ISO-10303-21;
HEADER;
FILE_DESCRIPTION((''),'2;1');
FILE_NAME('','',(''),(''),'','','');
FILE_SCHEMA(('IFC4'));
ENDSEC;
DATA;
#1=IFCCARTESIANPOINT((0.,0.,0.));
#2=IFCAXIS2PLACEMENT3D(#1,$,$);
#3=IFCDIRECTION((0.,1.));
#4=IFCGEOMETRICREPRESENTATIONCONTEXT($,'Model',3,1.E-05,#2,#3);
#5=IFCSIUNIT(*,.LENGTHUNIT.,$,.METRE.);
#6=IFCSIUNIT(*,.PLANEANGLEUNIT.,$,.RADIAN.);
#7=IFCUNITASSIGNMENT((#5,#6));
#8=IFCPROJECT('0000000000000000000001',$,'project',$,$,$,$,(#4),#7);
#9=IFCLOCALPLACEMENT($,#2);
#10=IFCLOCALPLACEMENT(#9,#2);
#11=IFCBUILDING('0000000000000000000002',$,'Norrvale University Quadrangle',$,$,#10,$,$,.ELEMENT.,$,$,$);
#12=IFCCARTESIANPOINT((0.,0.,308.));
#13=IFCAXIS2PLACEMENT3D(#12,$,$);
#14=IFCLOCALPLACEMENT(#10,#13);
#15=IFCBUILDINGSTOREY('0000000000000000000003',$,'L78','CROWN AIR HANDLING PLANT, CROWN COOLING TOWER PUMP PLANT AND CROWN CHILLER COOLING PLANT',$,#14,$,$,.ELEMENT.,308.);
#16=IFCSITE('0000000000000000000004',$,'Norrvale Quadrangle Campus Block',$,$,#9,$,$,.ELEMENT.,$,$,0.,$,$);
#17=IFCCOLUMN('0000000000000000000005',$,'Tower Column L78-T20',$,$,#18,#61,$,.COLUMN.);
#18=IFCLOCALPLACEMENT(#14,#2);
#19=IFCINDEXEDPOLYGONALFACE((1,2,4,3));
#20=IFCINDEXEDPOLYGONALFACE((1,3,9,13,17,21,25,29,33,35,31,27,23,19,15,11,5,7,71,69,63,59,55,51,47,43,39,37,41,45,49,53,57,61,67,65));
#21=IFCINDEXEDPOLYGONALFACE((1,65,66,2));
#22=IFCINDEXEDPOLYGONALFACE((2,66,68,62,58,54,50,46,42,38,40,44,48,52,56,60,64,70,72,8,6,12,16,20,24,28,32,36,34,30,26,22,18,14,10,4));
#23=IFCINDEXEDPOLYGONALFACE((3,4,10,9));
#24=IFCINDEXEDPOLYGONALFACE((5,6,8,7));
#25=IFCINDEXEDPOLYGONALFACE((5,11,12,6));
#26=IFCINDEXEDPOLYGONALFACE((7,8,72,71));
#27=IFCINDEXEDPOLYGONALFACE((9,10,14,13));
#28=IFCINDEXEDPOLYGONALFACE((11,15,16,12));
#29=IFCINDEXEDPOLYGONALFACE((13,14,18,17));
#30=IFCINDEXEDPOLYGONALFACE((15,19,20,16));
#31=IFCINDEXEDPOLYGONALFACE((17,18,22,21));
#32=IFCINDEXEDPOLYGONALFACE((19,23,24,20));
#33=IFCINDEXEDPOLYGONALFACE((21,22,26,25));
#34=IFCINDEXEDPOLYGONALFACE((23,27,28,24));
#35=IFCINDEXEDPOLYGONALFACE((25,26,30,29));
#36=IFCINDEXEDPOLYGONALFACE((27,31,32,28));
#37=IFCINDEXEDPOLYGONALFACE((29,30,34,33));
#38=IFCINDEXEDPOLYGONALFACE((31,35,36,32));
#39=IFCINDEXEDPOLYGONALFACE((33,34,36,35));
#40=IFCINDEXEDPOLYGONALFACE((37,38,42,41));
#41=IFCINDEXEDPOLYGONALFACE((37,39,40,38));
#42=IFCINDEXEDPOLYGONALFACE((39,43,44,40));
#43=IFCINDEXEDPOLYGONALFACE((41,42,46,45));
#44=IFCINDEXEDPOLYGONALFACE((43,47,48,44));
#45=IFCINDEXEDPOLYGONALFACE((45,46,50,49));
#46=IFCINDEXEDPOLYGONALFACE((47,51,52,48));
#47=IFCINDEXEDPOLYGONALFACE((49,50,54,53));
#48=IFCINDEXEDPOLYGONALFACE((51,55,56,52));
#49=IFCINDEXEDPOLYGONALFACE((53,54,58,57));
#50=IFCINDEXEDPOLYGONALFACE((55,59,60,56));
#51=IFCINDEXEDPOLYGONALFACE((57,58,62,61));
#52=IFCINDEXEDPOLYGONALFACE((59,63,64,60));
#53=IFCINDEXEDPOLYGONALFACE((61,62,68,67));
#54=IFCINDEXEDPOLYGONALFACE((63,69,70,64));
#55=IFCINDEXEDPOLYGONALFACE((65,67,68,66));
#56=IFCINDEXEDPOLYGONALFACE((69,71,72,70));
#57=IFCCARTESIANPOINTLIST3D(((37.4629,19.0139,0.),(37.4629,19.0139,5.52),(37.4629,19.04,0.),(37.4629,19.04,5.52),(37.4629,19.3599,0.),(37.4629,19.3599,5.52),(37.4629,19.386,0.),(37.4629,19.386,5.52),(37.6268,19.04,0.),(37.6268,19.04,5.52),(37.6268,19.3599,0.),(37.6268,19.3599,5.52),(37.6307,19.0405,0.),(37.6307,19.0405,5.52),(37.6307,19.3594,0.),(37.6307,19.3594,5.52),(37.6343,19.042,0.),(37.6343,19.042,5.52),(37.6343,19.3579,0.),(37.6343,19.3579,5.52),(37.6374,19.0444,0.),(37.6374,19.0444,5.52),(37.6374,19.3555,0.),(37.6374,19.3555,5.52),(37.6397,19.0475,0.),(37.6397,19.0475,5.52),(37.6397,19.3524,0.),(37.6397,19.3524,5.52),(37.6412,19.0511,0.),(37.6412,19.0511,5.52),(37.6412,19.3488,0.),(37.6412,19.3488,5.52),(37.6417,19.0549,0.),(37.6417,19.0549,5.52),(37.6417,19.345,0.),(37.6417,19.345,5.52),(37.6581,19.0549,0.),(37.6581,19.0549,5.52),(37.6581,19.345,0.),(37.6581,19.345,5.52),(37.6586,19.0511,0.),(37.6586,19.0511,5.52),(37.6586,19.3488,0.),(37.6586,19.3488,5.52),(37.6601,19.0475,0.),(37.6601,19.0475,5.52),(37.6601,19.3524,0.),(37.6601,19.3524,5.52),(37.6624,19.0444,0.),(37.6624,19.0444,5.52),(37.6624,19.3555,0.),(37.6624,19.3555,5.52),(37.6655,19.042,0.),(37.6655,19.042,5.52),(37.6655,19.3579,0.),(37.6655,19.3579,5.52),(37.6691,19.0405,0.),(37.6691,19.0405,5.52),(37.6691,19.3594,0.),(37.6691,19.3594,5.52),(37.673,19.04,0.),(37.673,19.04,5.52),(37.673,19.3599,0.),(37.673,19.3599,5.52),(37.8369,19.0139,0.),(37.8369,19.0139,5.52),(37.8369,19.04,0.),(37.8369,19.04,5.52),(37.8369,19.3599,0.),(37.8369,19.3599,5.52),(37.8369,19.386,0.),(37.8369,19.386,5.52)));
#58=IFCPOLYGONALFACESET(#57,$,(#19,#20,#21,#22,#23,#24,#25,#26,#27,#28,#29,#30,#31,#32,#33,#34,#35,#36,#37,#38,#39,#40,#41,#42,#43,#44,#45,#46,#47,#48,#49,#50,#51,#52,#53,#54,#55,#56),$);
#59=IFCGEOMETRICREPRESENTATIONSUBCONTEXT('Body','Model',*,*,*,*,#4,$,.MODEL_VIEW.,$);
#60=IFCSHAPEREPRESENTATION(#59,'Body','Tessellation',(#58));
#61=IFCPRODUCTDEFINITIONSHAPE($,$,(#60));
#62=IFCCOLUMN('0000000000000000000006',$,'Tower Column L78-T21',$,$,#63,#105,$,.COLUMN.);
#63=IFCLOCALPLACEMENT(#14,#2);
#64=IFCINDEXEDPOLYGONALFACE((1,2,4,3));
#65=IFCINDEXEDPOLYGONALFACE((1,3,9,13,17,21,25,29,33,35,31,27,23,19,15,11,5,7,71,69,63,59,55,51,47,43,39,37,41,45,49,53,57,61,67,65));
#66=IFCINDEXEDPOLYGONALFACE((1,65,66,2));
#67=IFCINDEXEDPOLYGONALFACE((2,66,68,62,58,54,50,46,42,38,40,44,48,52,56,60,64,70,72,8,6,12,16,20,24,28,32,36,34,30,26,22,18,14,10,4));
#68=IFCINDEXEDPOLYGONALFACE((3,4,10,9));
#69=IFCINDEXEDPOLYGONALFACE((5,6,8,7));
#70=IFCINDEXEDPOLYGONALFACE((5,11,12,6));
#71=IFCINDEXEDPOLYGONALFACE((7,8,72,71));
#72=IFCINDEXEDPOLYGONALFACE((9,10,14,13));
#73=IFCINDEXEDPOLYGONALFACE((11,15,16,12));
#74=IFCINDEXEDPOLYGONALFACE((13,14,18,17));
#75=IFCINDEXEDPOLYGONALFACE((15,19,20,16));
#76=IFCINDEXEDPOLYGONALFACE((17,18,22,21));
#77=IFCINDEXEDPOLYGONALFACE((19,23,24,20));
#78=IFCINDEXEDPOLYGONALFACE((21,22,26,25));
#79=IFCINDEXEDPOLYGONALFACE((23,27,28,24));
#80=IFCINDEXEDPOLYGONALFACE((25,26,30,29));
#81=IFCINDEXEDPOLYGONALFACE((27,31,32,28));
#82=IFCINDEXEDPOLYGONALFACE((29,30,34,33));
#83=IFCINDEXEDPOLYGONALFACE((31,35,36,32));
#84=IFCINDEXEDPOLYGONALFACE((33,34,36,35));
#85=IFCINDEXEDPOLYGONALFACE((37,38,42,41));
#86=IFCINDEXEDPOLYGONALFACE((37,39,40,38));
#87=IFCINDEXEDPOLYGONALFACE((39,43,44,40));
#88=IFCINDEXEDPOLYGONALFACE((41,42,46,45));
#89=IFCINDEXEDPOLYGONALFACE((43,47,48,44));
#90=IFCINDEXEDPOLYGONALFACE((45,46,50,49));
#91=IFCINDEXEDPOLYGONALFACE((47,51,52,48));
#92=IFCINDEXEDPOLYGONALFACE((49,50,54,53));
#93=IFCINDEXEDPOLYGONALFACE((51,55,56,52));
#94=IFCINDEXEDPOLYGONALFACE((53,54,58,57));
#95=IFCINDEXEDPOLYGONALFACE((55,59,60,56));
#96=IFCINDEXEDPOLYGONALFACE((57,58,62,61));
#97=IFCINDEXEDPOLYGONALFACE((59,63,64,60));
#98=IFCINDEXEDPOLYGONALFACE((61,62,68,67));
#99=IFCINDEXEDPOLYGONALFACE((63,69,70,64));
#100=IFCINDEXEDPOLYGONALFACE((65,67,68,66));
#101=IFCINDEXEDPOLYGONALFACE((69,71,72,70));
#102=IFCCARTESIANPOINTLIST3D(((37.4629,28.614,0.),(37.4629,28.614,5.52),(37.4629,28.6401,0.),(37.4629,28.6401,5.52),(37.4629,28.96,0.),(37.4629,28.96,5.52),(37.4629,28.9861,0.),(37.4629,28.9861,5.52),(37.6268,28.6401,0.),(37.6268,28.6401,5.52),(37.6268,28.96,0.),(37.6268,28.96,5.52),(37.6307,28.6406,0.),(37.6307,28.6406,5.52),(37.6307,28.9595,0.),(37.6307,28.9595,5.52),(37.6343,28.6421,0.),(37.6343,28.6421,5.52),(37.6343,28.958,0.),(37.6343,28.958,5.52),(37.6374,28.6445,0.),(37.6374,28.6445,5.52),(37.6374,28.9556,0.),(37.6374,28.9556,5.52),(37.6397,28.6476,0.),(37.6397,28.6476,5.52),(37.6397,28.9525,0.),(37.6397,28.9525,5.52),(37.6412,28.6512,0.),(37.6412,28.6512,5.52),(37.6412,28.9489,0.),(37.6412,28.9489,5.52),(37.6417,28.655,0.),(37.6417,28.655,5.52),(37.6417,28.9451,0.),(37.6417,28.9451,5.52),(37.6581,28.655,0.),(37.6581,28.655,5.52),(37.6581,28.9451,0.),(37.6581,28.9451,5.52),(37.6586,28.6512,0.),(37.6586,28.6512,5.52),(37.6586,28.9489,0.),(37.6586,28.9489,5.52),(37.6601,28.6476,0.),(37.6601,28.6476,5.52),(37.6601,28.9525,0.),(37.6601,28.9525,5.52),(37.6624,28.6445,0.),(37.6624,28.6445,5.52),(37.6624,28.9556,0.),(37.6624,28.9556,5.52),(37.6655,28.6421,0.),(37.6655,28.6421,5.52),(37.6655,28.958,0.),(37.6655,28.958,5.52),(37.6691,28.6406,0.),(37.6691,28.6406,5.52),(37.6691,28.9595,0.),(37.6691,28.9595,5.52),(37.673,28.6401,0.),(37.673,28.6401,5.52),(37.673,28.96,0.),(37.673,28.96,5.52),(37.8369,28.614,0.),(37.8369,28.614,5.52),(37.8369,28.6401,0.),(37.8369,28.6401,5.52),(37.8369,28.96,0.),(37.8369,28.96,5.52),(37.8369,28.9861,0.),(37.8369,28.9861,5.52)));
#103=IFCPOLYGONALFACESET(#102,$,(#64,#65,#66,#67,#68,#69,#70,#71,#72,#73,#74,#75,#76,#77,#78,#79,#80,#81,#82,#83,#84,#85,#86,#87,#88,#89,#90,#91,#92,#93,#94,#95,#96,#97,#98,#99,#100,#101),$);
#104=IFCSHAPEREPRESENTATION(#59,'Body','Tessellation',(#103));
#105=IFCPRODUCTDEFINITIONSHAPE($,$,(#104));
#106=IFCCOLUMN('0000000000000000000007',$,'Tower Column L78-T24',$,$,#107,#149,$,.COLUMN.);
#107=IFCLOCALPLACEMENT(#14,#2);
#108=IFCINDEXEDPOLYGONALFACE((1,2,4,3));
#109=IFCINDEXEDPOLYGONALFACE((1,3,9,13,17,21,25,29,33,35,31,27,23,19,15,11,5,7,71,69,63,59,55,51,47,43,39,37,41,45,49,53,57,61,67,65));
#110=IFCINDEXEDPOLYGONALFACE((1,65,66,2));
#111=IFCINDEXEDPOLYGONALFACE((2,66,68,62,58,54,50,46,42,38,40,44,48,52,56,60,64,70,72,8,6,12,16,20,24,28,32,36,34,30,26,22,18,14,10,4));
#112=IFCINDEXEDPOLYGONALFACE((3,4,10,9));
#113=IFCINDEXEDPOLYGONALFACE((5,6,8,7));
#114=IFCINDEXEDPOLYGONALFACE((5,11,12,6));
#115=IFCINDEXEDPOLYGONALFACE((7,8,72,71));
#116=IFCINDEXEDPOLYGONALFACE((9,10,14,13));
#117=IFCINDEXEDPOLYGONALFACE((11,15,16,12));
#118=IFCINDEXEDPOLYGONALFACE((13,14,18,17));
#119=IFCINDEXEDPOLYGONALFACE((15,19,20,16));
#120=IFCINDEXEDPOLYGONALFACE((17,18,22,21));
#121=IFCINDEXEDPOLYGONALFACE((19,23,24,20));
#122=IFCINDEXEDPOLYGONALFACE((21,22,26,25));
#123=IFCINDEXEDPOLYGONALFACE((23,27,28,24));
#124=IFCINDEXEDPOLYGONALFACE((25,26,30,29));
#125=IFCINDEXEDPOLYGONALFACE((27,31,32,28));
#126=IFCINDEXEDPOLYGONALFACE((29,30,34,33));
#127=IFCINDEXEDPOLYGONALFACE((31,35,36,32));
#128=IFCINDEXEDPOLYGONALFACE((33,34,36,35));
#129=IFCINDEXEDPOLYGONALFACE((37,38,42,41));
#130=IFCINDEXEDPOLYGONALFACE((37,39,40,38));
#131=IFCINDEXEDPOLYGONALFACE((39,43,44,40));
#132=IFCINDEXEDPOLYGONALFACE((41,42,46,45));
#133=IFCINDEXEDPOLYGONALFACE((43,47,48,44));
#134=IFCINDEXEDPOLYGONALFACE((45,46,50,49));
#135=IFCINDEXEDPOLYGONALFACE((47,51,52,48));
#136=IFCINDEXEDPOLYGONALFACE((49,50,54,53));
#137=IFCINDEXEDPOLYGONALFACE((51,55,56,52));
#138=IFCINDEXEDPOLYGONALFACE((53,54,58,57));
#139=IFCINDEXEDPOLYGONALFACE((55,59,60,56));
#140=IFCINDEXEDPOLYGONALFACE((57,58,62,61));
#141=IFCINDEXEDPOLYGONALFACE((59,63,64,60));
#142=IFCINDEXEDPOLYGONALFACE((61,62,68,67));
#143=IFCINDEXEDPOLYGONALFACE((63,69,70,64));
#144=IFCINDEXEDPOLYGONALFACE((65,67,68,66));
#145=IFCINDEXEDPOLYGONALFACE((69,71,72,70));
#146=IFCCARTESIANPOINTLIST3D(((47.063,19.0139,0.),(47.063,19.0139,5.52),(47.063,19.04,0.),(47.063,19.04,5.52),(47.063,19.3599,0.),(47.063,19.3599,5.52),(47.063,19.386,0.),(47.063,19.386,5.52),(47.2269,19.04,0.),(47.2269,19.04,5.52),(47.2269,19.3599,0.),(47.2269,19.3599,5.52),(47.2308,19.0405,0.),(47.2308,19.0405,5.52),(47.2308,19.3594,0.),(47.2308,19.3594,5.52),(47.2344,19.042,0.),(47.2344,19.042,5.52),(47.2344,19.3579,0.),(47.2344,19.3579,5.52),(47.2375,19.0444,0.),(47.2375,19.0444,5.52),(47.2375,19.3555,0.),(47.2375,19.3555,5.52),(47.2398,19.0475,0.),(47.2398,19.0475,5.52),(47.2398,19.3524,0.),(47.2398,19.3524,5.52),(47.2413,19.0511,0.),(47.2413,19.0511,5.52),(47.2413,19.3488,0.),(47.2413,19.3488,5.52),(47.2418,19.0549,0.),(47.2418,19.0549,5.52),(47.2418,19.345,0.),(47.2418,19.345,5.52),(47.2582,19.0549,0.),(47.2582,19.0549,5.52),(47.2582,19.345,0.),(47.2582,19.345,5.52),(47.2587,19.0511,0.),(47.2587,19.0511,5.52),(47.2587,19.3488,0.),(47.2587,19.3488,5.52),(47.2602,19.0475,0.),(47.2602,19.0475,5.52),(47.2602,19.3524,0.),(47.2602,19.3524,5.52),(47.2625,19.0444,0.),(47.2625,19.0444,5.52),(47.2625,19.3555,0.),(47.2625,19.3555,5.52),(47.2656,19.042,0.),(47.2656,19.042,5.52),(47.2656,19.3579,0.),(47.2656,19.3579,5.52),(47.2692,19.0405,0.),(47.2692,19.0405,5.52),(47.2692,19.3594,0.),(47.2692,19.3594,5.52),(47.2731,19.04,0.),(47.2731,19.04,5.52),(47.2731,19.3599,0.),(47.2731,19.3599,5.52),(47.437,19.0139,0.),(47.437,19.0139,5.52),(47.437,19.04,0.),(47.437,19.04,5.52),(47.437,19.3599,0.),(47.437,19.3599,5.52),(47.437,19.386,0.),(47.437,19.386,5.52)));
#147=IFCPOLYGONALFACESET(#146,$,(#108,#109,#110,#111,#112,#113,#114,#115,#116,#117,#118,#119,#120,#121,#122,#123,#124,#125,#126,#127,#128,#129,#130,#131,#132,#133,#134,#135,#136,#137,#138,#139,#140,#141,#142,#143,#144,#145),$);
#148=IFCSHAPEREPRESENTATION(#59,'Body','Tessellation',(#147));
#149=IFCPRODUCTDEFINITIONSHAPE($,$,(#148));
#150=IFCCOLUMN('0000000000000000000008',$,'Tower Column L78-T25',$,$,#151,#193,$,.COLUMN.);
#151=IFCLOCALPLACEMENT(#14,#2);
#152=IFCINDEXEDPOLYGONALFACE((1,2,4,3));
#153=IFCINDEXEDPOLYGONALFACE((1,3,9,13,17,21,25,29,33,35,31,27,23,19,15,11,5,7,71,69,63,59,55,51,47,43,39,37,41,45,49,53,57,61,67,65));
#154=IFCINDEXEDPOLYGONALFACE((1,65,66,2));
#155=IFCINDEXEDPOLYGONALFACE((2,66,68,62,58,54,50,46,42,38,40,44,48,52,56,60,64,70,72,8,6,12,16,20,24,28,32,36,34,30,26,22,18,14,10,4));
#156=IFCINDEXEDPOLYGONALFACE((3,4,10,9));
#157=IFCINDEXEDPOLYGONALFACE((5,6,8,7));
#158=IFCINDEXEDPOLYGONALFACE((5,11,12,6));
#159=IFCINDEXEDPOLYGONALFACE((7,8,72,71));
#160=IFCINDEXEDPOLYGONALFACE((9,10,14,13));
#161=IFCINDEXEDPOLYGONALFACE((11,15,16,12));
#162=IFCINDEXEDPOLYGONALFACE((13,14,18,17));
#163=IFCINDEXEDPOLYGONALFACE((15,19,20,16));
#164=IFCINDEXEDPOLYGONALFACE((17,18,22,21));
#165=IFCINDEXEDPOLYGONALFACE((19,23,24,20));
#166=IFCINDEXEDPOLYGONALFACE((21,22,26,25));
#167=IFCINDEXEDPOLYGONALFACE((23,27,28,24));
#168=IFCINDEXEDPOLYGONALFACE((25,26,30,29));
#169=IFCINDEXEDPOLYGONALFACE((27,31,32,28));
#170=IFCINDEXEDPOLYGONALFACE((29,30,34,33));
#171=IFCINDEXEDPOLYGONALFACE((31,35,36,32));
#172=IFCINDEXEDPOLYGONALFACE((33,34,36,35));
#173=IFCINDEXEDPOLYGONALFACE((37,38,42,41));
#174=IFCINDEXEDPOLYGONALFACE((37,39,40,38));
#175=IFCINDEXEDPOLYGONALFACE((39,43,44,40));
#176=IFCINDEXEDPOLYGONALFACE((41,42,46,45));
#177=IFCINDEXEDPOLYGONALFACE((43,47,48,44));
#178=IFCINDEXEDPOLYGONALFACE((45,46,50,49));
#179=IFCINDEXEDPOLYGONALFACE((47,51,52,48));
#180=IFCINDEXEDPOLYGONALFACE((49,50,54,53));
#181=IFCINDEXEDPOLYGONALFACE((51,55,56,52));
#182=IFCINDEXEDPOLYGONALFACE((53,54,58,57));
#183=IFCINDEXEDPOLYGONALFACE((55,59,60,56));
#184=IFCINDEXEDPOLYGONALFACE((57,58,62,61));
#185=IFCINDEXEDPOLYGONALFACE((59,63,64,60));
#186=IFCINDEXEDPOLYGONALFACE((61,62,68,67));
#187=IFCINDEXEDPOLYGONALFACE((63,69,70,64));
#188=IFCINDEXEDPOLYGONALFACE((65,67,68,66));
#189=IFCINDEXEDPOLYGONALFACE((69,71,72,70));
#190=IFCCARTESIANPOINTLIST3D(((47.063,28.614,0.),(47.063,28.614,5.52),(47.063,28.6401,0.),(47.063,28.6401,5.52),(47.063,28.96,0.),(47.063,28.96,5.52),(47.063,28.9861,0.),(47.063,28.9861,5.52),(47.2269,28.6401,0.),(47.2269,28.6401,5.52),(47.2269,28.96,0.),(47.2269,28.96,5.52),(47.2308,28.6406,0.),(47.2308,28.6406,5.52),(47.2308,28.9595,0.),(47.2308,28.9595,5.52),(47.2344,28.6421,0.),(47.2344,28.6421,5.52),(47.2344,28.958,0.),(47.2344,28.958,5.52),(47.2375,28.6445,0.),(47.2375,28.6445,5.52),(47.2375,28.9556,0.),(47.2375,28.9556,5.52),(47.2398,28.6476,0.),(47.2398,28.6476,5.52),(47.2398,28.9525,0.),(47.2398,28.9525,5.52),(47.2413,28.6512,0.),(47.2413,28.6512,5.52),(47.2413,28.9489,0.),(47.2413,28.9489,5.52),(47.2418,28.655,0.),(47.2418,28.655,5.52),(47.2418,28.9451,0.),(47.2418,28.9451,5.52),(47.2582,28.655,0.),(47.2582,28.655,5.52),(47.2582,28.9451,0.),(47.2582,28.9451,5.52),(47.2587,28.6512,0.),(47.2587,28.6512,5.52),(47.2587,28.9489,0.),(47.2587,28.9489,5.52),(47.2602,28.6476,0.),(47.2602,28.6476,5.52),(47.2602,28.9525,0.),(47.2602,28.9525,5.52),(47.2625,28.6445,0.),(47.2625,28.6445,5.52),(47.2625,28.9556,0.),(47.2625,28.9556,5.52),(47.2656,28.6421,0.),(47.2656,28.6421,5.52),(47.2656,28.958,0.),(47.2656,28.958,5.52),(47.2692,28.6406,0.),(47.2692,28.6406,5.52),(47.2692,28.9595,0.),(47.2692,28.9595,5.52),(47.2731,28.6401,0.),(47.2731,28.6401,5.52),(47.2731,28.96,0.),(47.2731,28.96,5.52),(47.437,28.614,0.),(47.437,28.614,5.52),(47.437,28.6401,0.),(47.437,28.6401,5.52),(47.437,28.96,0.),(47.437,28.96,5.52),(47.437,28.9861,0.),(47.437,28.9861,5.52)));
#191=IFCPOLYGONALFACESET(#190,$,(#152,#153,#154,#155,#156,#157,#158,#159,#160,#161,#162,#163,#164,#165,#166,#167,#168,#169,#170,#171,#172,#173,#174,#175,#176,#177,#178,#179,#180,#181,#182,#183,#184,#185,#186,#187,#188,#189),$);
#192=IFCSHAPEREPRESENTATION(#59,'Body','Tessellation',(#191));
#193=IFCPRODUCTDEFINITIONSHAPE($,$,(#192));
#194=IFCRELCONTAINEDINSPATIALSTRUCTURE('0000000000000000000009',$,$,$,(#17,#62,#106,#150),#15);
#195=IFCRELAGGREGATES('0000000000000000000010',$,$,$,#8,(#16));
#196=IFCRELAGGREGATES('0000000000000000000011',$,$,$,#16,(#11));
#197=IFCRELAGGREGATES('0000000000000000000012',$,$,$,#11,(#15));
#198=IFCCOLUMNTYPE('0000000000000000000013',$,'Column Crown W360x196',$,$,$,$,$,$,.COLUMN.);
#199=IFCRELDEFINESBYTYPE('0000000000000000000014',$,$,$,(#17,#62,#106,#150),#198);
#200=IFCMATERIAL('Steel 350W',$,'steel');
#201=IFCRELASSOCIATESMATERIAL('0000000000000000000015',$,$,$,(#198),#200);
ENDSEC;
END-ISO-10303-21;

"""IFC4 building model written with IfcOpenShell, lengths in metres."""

from ifc_helpers import new_model, si_unit, direction, frame, origin, origin_2d, place, context, subcontext, project, spatial, i_section, extrude, material, material_profile, profile_set, type_object, element, save


model = new_model("IFC4")

# Units and contexts
model_context = context("Model", 3, precision=1e-05, world=origin(), true_north=direction((0.0, 1.0)))
body_context = subcontext(model_context, "Body", "Model", "MODEL_VIEW")
ifc_project = project(units=[si_unit("LENGTHUNIT", "METRE"), si_unit("PLANEANGLEUNIT", "RADIAN")], contexts=[model_context])

# Site, building, storey
site_placement = place(None, origin())
site = spatial("IfcSite", under=ifc_project, at=site_placement, Name="Norrvale Quadrangle Campus Block", CompositionType="ELEMENT", RefElevation=0.0)
building_placement = place(site_placement, origin())
building = spatial("IfcBuilding", under=site, at=building_placement, Name="Norrvale University Quadrangle", CompositionType="ELEMENT")
storey_placement = place(building_placement, frame((0.0, 0.0, 308.0)))
storey = spatial("IfcBuildingStorey", under=building, at=storey_placement, Name="L78", Description="CROWN AIR HANDLING PLANT, CROWN COOLING TOWER PUMP PLANT AND CROWN CHILLER COOLING PLANT", CompositionType="ELEMENT", Elevation=308.0)

# Columns
ifc_material_1 = material(Name="Steel 350W", Category="steel")
ifc_material_profile_1 = material_profile(ifc_material_1, i_section(OverallWidth=0.374, OverallDepth=0.3721, WebThickness=0.0164, FlangeThickness=0.0261, FilletRadius=0.0149, at=origin_2d()), Name="Steel 350W")
ifc_profile_set_1 = profile_set([ifc_material_profile_1], Name="Steel 350W")
column_type = type_object("IfcColumnType", Name="Column Crown W360x196", PredefinedType="COLUMN", material=ifc_profile_set_1)
for number, where, z_axis, x_axis, name in (
    (1, (37.6499, 19.2, 0.0), (0.0, 0.0, 1.0), (1.0, 0.0, 0.0), "Tower Column L78-T20"),
    (2, (37.6499, 28.8, 0.0), (0.0, 0.0, 1.0), (1.0, 0.0, 0.0), "Tower Column L78-T21"),
    (3, (47.25, 19.2, 0.0), (0.0, 0.0, 1.0), (1.0, 0.0, 0.0), "Tower Column L78-T24"),
    (4, (47.25, 28.8, 0.0), (0.0, 0.0, 1.0), (1.0, 0.0, 0.0), "Tower Column L78-T25"),
):
    element("IfcColumn", number, at=place(storey_placement, frame(where, z_axis=z_axis, x_axis=x_axis)), inside=storey, type_object=column_type, Name=name, PredefinedType="COLUMN", context=body_context, shape_type="SweptSolid", body=[
        extrude(i_section(OverallWidth=0.374, OverallDepth=0.3721, WebThickness=0.0164, FlangeThickness=0.0261, FilletRadius=0.0149, at=origin_2d()), origin(), (0.0, 0.0, 1.0), 5.52),
    ])

save(model, "model.ifc")
